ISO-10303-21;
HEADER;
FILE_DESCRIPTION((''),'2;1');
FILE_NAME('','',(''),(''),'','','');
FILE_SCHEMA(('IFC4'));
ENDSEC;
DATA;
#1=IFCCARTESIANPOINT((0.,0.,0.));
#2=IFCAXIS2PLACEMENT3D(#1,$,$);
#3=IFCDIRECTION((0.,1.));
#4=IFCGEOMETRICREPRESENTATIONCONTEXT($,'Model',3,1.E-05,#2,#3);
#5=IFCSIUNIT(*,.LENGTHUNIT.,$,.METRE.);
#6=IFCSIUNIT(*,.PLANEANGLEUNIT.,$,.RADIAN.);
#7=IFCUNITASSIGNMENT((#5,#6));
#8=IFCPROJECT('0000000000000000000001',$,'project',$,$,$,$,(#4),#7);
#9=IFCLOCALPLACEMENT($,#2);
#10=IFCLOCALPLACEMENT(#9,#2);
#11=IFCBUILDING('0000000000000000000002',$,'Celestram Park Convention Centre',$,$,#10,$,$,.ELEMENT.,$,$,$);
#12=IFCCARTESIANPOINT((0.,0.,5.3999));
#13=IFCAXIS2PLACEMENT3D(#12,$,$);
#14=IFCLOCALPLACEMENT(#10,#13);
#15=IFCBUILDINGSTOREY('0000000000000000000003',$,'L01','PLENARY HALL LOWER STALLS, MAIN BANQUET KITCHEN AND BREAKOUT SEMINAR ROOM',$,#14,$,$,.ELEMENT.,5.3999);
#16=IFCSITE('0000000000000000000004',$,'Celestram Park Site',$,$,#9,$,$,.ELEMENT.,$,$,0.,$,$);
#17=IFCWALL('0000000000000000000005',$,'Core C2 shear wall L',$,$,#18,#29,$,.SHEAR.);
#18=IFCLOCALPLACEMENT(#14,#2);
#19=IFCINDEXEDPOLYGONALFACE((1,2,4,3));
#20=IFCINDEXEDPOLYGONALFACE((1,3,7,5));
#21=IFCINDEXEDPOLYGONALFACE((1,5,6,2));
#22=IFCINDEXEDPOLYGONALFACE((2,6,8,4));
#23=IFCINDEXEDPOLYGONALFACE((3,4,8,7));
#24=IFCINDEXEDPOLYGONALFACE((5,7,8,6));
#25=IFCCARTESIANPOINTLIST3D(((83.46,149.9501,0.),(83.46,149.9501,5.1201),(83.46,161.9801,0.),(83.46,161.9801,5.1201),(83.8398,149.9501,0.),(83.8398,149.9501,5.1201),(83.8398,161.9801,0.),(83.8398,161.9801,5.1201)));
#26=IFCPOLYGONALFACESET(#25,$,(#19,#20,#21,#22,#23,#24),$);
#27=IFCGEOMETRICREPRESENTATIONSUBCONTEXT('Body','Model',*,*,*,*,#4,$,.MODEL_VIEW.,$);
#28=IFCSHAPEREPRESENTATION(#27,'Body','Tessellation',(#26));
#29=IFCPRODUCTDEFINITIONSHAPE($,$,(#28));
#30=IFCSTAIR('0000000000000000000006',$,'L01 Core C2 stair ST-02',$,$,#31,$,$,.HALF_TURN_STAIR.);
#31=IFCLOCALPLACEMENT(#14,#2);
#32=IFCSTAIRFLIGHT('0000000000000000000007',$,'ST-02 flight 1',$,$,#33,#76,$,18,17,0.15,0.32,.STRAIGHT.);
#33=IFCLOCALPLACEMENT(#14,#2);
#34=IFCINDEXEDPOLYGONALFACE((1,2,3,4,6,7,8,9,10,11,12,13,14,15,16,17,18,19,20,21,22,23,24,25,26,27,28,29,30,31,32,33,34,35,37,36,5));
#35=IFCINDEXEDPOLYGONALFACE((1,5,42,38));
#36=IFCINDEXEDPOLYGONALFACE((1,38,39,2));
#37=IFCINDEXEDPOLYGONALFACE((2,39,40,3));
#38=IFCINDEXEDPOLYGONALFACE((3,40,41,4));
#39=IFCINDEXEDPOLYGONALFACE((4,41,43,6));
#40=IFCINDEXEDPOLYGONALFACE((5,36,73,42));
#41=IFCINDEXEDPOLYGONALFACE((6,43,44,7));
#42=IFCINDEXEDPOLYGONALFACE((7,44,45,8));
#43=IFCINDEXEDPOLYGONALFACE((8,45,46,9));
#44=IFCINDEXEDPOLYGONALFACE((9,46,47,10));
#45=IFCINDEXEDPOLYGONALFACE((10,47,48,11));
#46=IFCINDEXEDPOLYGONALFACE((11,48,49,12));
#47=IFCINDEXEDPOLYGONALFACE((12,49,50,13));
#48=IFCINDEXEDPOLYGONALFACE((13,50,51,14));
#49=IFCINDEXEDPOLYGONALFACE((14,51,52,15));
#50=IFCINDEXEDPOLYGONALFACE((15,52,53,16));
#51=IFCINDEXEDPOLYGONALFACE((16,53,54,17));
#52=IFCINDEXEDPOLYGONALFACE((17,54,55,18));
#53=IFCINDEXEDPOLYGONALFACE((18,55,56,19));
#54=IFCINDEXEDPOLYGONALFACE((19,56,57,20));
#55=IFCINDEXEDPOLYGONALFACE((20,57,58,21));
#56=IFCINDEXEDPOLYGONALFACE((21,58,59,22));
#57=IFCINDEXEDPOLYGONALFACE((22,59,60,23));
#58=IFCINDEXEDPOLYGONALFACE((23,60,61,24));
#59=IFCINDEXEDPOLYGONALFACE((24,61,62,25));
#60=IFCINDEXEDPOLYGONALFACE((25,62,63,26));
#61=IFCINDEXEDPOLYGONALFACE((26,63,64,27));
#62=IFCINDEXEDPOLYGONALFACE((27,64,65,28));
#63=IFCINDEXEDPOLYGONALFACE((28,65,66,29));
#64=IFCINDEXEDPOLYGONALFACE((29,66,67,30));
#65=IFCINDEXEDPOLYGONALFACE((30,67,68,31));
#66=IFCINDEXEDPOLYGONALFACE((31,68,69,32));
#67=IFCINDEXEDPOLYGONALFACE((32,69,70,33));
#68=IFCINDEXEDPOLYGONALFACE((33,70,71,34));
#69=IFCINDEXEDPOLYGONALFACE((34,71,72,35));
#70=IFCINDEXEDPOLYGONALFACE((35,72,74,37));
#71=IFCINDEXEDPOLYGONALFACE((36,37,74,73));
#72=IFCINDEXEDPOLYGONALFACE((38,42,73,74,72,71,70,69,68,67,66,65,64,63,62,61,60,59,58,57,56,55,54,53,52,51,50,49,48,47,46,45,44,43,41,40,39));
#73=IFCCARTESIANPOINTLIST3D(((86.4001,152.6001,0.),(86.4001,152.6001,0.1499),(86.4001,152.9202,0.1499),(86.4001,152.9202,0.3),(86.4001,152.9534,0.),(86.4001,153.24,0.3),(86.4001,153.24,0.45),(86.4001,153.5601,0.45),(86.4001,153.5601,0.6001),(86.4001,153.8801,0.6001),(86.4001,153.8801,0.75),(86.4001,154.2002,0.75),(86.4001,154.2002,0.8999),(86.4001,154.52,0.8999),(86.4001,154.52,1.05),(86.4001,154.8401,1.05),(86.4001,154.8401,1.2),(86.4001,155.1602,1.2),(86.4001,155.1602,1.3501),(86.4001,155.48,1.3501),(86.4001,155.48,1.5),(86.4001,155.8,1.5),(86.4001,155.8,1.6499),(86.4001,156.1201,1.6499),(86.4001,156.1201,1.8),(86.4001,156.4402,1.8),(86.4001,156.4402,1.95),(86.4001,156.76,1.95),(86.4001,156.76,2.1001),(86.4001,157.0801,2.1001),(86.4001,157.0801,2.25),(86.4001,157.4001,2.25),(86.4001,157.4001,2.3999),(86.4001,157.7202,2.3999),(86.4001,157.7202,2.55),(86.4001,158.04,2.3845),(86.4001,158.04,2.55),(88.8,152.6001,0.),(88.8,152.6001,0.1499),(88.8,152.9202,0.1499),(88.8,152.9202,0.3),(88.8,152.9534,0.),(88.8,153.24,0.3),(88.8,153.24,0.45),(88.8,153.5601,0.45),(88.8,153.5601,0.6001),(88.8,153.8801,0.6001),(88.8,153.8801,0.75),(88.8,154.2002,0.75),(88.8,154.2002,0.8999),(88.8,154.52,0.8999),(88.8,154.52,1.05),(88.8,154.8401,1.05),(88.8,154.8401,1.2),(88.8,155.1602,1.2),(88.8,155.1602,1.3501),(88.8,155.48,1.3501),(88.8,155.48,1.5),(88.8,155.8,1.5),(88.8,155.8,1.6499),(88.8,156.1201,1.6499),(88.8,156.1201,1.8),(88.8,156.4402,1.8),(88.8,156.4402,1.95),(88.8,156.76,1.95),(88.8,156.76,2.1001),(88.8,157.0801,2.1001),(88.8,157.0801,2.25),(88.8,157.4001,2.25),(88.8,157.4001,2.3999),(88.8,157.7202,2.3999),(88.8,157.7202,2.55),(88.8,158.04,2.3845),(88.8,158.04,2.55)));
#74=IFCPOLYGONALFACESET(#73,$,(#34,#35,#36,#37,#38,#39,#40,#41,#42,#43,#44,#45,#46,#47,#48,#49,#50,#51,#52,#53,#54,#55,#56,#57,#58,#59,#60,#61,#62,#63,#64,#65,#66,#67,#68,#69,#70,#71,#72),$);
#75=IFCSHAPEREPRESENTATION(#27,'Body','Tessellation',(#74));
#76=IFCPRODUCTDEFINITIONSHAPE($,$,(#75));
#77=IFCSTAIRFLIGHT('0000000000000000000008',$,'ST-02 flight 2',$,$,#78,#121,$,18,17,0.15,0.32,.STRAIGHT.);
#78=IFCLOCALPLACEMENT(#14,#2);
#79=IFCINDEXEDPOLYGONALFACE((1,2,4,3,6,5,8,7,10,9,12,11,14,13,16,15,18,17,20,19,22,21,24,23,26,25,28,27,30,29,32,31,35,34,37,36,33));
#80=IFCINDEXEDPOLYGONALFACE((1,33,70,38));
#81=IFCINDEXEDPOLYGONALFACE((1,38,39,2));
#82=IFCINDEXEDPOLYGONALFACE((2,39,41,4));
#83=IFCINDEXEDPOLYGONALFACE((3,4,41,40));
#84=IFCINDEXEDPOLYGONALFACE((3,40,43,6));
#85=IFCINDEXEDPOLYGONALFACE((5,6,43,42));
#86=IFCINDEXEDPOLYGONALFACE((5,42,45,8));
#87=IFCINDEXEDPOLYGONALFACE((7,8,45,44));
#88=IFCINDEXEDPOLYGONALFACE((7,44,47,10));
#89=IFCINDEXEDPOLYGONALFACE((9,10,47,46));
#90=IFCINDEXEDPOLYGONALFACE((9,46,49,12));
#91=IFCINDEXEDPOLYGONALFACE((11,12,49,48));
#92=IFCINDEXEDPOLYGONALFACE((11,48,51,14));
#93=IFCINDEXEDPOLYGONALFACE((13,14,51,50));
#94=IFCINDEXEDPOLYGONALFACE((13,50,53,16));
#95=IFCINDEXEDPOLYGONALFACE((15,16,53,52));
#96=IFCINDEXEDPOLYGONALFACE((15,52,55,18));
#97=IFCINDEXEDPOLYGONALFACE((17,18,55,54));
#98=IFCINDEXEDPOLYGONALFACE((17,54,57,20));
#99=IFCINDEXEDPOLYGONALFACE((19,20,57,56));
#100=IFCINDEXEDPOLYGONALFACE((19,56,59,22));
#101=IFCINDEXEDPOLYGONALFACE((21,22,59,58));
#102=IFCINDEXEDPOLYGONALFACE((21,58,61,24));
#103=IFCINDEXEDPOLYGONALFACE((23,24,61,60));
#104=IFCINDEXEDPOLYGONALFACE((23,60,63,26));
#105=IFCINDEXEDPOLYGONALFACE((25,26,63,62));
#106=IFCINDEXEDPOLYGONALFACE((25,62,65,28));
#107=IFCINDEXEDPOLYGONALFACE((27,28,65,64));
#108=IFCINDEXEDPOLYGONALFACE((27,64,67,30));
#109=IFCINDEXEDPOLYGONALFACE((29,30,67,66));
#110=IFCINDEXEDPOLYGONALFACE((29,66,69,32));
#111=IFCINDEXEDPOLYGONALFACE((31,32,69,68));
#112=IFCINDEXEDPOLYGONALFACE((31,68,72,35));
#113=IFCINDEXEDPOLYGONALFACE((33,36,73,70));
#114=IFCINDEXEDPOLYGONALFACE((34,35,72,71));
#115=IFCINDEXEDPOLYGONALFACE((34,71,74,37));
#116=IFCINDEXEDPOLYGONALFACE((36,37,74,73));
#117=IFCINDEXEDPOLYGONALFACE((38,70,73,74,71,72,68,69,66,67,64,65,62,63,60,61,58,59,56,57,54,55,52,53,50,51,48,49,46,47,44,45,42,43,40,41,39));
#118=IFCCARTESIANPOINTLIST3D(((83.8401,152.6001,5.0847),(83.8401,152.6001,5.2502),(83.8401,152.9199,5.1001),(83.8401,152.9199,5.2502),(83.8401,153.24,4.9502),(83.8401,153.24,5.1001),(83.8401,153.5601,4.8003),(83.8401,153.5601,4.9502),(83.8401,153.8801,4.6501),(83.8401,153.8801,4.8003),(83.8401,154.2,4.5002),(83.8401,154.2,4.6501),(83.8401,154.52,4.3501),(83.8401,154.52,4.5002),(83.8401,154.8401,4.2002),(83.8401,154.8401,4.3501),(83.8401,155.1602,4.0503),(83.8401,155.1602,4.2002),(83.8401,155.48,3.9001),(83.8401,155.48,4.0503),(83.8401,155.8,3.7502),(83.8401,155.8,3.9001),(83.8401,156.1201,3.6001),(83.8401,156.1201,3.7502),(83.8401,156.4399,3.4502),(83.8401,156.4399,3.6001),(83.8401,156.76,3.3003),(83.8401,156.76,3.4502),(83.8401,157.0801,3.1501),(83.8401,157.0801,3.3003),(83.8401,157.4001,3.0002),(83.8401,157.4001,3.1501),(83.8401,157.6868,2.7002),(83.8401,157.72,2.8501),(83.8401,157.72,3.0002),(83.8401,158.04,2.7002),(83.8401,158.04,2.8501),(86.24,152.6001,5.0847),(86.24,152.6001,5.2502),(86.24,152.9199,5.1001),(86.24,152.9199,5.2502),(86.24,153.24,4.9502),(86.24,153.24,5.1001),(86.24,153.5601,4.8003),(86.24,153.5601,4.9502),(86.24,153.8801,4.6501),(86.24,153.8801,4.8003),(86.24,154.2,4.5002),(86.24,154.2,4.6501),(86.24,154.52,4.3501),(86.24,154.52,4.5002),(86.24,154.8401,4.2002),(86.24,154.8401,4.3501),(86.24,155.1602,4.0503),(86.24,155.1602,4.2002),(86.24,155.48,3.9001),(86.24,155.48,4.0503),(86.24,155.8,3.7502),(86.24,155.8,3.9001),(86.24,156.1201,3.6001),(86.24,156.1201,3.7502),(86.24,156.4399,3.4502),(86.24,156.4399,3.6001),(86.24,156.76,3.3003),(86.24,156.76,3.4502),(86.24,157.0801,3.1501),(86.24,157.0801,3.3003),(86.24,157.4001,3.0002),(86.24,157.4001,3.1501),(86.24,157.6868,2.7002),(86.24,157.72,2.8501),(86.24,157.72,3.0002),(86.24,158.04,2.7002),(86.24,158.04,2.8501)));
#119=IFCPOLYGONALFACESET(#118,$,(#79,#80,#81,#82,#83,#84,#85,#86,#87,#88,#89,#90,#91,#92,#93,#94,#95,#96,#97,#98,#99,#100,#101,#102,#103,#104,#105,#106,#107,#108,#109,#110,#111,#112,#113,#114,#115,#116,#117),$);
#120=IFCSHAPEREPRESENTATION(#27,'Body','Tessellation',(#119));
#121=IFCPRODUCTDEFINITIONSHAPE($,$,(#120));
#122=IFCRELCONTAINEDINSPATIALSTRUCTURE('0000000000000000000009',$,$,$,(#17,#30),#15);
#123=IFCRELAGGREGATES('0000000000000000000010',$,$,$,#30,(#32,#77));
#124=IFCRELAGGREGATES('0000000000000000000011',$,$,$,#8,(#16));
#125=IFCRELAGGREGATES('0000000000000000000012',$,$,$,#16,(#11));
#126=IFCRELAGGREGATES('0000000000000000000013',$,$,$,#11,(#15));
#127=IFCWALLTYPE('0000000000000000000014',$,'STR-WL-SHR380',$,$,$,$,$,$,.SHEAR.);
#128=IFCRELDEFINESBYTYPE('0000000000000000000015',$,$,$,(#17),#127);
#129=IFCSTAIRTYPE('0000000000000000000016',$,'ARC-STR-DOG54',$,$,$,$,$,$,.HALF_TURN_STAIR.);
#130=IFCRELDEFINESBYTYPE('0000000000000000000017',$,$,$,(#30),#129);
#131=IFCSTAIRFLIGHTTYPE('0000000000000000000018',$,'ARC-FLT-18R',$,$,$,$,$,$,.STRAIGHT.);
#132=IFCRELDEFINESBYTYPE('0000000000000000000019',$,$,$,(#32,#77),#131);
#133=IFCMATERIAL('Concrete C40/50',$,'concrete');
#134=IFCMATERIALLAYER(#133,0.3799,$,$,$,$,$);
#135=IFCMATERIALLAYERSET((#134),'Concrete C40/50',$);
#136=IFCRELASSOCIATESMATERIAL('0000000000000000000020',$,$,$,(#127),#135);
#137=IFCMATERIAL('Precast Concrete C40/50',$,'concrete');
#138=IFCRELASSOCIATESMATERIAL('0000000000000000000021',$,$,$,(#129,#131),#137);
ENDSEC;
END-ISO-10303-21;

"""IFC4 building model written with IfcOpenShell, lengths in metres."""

from ifc_helpers import new_model, si_unit, direction, frame, frame_2d, origin, place, context, subcontext, project, spatial, polyline, rectangle, outline, extrude, material, layer, layer_set, type_object, element, aggregate, save


model = new_model("IFC4")

# Units and contexts
model_context = context("Model", 3, precision=1e-05, world=origin(), true_north=direction((0.0, 1.0)))
body_context = subcontext(model_context, "Body", "Model", "MODEL_VIEW")
ifc_project = project(units=[si_unit("LENGTHUNIT", "METRE"), si_unit("PLANEANGLEUNIT", "RADIAN")], contexts=[model_context])

# Site, building, storey
site_placement = place(None, origin())
site = spatial("IfcSite", under=ifc_project, at=site_placement, Name="Celestram Park Site", CompositionType="ELEMENT", RefElevation=0.0)
building_placement = place(site_placement, origin())
building = spatial("IfcBuilding", under=site, at=building_placement, Name="Celestram Park Convention Centre", CompositionType="ELEMENT")
storey_placement = place(building_placement, frame((0.0, 0.0, 5.3999)))
storey = spatial("IfcBuildingStorey", under=building, at=storey_placement, Name="L01", Description="PLENARY HALL LOWER STALLS, MAIN BANQUET KITCHEN AND BREAKOUT SEMINAR ROOM", CompositionType="ELEMENT", Elevation=5.3999)

# Shared definitions
ifc_material_1 = material(Name="Concrete C40/50", Category="concrete")

# Wall
ifc_layer_1 = layer(ifc_material_1, 0.3799)
ifc_layer_set_1 = layer_set([ifc_layer_1], Name="Concrete C40/50")
wall_type_1 = type_object("IfcWallType", Name="STR-WL-SHR380", PredefinedType="SHEAR", material=ifc_layer_set_1)
wall_1_placement = place(storey_placement, frame((83.6499, 149.95, 0.0), z_axis=(0.0, 0.0, 1.0), x_axis=(0.0, 1.0, 0.0)))
element("IfcWall", 1, at=wall_1_placement, inside=storey, type_object=wall_type_1, Name="Core C2 shear wall L", PredefinedType="SHEAR", context=body_context, shape_type="SweptSolid", body=[
    extrude(rectangle(XDim=12.03, YDim=0.3799, at=frame_2d((6.0151, 0.0))), origin(), (0.0, 0.0, 1.0), 5.1201),
])

# Stair, stair flights
ifc_material_2 = material(Name="Precast Concrete C40/50", Category="concrete")
stair_type = type_object("IfcStairType", Name="ARC-STR-DOG54", PredefinedType="HALF_TURN_STAIR", material=ifc_material_2)
stair_placement = place(storey_placement, origin())
stair = element("IfcStair", 2, at=stair_placement, inside=storey, type_object=stair_type, Name="L01 Core C2 stair ST-02", PredefinedType="HALF_TURN_STAIR")
stair_flight_type = type_object("IfcStairFlightType", Name="ARC-FLT-18R", PredefinedType="STRAIGHT", material=ifc_material_2)
stair_flight_1_placement = place(storey_placement, frame((87.6001, 152.6001, 0.0), z_axis=(0.0, 0.0, 1.0), x_axis=(0.0, 1.0, 0.0)))
stair_flight_1 = element("IfcStairFlight", 3, at=stair_flight_1_placement, type_object=stair_flight_type, Name="ST-02 flight 1", NumberOfRisers=18, NumberOfTreads=17, PredefinedType="STRAIGHT", RiserHeight=0.15, TreadLength=0.32, context=body_context, shape_type="SweptSolid", body=[
    extrude(outline(polyline([(0.0, 0.0), (0.0, 0.1499), (0.3201, 0.1499), (0.3201, 0.3), (0.6399, 0.3), (0.6399, 0.45), (0.96, 0.45), (0.96, 0.6001), (1.28, 0.6001), (1.28, 0.75), (1.6001, 0.75), (1.6001, 0.8999), (1.9199, 0.8999), (1.9199, 1.05), (2.24, 1.05), (2.24, 1.2), (2.5601, 1.2), (2.5601, 1.3501), (2.8799, 1.3501), (2.8799, 1.5), (3.2, 1.5), (3.2, 1.6499), (3.52, 1.6499), (3.52, 1.8), (3.8401, 1.8), (3.8401, 1.95), (4.1599, 1.95), (4.1599, 2.1001), (4.48, 2.1001), (4.48, 2.25), (4.8, 2.25), (4.8, 2.3999), (5.1201, 2.3999), (5.1201, 2.55), (5.4399, 2.55), (5.4399, 2.7), (5.4399, 2.3845), (0.3533, 0.0), (0.0, 0.0)])), frame((0.0, 1.2, 0.0), z_axis=(0.0, -1.0, 0.0), x_axis=(1.0, 0.0, 0.0)), (0.0, 0.0, 1.0), 2.3999),
])
stair_flight_2_placement = place(storey_placement, frame((85.04, 158.04, 2.7002), z_axis=(0.0, 0.0, 1.0), x_axis=(0.0, -1.0, 0.0)))
stair_flight_2 = element("IfcStairFlight", 4, at=stair_flight_2_placement, type_object=stair_flight_type, Name="ST-02 flight 2", NumberOfRisers=18, NumberOfTreads=17, PredefinedType="STRAIGHT", RiserHeight=0.15, TreadLength=0.32, context=body_context, shape_type="SweptSolid", body=[
    extrude(outline(polyline([(0.0, 0.0), (0.0, 0.1499), (0.3201, 0.1499), (0.3201, 0.3), (0.6399, 0.3), (0.6399, 0.45), (0.96, 0.45), (0.96, 0.6001), (1.28, 0.6001), (1.28, 0.75), (1.6001, 0.75), (1.6001, 0.8999), (1.9199, 0.8999), (1.9199, 1.05), (2.24, 1.05), (2.24, 1.2), (2.5601, 1.2), (2.5601, 1.3501), (2.8799, 1.3501), (2.8799, 1.5), (3.2, 1.5), (3.2, 1.6499), (3.52, 1.6499), (3.52, 1.8), (3.8401, 1.8), (3.8401, 1.95), (4.1599, 1.95), (4.1599, 2.1001), (4.48, 2.1001), (4.48, 2.25), (4.8, 2.25), (4.8, 2.3999), (5.1201, 2.3999), (5.1201, 2.55), (5.4399, 2.55), (5.4399, 2.7), (5.4399, 2.3845), (0.3533, 0.0), (0.0, 0.0)])), frame((0.0, 1.2, 0.0), z_axis=(0.0, -1.0, 0.0), x_axis=(1.0, 0.0, 0.0)), (0.0, 0.0, 1.0), 2.3999),
])
aggregate(stair, [stair_flight_1, stair_flight_2])

save(model, "model.ifc")
